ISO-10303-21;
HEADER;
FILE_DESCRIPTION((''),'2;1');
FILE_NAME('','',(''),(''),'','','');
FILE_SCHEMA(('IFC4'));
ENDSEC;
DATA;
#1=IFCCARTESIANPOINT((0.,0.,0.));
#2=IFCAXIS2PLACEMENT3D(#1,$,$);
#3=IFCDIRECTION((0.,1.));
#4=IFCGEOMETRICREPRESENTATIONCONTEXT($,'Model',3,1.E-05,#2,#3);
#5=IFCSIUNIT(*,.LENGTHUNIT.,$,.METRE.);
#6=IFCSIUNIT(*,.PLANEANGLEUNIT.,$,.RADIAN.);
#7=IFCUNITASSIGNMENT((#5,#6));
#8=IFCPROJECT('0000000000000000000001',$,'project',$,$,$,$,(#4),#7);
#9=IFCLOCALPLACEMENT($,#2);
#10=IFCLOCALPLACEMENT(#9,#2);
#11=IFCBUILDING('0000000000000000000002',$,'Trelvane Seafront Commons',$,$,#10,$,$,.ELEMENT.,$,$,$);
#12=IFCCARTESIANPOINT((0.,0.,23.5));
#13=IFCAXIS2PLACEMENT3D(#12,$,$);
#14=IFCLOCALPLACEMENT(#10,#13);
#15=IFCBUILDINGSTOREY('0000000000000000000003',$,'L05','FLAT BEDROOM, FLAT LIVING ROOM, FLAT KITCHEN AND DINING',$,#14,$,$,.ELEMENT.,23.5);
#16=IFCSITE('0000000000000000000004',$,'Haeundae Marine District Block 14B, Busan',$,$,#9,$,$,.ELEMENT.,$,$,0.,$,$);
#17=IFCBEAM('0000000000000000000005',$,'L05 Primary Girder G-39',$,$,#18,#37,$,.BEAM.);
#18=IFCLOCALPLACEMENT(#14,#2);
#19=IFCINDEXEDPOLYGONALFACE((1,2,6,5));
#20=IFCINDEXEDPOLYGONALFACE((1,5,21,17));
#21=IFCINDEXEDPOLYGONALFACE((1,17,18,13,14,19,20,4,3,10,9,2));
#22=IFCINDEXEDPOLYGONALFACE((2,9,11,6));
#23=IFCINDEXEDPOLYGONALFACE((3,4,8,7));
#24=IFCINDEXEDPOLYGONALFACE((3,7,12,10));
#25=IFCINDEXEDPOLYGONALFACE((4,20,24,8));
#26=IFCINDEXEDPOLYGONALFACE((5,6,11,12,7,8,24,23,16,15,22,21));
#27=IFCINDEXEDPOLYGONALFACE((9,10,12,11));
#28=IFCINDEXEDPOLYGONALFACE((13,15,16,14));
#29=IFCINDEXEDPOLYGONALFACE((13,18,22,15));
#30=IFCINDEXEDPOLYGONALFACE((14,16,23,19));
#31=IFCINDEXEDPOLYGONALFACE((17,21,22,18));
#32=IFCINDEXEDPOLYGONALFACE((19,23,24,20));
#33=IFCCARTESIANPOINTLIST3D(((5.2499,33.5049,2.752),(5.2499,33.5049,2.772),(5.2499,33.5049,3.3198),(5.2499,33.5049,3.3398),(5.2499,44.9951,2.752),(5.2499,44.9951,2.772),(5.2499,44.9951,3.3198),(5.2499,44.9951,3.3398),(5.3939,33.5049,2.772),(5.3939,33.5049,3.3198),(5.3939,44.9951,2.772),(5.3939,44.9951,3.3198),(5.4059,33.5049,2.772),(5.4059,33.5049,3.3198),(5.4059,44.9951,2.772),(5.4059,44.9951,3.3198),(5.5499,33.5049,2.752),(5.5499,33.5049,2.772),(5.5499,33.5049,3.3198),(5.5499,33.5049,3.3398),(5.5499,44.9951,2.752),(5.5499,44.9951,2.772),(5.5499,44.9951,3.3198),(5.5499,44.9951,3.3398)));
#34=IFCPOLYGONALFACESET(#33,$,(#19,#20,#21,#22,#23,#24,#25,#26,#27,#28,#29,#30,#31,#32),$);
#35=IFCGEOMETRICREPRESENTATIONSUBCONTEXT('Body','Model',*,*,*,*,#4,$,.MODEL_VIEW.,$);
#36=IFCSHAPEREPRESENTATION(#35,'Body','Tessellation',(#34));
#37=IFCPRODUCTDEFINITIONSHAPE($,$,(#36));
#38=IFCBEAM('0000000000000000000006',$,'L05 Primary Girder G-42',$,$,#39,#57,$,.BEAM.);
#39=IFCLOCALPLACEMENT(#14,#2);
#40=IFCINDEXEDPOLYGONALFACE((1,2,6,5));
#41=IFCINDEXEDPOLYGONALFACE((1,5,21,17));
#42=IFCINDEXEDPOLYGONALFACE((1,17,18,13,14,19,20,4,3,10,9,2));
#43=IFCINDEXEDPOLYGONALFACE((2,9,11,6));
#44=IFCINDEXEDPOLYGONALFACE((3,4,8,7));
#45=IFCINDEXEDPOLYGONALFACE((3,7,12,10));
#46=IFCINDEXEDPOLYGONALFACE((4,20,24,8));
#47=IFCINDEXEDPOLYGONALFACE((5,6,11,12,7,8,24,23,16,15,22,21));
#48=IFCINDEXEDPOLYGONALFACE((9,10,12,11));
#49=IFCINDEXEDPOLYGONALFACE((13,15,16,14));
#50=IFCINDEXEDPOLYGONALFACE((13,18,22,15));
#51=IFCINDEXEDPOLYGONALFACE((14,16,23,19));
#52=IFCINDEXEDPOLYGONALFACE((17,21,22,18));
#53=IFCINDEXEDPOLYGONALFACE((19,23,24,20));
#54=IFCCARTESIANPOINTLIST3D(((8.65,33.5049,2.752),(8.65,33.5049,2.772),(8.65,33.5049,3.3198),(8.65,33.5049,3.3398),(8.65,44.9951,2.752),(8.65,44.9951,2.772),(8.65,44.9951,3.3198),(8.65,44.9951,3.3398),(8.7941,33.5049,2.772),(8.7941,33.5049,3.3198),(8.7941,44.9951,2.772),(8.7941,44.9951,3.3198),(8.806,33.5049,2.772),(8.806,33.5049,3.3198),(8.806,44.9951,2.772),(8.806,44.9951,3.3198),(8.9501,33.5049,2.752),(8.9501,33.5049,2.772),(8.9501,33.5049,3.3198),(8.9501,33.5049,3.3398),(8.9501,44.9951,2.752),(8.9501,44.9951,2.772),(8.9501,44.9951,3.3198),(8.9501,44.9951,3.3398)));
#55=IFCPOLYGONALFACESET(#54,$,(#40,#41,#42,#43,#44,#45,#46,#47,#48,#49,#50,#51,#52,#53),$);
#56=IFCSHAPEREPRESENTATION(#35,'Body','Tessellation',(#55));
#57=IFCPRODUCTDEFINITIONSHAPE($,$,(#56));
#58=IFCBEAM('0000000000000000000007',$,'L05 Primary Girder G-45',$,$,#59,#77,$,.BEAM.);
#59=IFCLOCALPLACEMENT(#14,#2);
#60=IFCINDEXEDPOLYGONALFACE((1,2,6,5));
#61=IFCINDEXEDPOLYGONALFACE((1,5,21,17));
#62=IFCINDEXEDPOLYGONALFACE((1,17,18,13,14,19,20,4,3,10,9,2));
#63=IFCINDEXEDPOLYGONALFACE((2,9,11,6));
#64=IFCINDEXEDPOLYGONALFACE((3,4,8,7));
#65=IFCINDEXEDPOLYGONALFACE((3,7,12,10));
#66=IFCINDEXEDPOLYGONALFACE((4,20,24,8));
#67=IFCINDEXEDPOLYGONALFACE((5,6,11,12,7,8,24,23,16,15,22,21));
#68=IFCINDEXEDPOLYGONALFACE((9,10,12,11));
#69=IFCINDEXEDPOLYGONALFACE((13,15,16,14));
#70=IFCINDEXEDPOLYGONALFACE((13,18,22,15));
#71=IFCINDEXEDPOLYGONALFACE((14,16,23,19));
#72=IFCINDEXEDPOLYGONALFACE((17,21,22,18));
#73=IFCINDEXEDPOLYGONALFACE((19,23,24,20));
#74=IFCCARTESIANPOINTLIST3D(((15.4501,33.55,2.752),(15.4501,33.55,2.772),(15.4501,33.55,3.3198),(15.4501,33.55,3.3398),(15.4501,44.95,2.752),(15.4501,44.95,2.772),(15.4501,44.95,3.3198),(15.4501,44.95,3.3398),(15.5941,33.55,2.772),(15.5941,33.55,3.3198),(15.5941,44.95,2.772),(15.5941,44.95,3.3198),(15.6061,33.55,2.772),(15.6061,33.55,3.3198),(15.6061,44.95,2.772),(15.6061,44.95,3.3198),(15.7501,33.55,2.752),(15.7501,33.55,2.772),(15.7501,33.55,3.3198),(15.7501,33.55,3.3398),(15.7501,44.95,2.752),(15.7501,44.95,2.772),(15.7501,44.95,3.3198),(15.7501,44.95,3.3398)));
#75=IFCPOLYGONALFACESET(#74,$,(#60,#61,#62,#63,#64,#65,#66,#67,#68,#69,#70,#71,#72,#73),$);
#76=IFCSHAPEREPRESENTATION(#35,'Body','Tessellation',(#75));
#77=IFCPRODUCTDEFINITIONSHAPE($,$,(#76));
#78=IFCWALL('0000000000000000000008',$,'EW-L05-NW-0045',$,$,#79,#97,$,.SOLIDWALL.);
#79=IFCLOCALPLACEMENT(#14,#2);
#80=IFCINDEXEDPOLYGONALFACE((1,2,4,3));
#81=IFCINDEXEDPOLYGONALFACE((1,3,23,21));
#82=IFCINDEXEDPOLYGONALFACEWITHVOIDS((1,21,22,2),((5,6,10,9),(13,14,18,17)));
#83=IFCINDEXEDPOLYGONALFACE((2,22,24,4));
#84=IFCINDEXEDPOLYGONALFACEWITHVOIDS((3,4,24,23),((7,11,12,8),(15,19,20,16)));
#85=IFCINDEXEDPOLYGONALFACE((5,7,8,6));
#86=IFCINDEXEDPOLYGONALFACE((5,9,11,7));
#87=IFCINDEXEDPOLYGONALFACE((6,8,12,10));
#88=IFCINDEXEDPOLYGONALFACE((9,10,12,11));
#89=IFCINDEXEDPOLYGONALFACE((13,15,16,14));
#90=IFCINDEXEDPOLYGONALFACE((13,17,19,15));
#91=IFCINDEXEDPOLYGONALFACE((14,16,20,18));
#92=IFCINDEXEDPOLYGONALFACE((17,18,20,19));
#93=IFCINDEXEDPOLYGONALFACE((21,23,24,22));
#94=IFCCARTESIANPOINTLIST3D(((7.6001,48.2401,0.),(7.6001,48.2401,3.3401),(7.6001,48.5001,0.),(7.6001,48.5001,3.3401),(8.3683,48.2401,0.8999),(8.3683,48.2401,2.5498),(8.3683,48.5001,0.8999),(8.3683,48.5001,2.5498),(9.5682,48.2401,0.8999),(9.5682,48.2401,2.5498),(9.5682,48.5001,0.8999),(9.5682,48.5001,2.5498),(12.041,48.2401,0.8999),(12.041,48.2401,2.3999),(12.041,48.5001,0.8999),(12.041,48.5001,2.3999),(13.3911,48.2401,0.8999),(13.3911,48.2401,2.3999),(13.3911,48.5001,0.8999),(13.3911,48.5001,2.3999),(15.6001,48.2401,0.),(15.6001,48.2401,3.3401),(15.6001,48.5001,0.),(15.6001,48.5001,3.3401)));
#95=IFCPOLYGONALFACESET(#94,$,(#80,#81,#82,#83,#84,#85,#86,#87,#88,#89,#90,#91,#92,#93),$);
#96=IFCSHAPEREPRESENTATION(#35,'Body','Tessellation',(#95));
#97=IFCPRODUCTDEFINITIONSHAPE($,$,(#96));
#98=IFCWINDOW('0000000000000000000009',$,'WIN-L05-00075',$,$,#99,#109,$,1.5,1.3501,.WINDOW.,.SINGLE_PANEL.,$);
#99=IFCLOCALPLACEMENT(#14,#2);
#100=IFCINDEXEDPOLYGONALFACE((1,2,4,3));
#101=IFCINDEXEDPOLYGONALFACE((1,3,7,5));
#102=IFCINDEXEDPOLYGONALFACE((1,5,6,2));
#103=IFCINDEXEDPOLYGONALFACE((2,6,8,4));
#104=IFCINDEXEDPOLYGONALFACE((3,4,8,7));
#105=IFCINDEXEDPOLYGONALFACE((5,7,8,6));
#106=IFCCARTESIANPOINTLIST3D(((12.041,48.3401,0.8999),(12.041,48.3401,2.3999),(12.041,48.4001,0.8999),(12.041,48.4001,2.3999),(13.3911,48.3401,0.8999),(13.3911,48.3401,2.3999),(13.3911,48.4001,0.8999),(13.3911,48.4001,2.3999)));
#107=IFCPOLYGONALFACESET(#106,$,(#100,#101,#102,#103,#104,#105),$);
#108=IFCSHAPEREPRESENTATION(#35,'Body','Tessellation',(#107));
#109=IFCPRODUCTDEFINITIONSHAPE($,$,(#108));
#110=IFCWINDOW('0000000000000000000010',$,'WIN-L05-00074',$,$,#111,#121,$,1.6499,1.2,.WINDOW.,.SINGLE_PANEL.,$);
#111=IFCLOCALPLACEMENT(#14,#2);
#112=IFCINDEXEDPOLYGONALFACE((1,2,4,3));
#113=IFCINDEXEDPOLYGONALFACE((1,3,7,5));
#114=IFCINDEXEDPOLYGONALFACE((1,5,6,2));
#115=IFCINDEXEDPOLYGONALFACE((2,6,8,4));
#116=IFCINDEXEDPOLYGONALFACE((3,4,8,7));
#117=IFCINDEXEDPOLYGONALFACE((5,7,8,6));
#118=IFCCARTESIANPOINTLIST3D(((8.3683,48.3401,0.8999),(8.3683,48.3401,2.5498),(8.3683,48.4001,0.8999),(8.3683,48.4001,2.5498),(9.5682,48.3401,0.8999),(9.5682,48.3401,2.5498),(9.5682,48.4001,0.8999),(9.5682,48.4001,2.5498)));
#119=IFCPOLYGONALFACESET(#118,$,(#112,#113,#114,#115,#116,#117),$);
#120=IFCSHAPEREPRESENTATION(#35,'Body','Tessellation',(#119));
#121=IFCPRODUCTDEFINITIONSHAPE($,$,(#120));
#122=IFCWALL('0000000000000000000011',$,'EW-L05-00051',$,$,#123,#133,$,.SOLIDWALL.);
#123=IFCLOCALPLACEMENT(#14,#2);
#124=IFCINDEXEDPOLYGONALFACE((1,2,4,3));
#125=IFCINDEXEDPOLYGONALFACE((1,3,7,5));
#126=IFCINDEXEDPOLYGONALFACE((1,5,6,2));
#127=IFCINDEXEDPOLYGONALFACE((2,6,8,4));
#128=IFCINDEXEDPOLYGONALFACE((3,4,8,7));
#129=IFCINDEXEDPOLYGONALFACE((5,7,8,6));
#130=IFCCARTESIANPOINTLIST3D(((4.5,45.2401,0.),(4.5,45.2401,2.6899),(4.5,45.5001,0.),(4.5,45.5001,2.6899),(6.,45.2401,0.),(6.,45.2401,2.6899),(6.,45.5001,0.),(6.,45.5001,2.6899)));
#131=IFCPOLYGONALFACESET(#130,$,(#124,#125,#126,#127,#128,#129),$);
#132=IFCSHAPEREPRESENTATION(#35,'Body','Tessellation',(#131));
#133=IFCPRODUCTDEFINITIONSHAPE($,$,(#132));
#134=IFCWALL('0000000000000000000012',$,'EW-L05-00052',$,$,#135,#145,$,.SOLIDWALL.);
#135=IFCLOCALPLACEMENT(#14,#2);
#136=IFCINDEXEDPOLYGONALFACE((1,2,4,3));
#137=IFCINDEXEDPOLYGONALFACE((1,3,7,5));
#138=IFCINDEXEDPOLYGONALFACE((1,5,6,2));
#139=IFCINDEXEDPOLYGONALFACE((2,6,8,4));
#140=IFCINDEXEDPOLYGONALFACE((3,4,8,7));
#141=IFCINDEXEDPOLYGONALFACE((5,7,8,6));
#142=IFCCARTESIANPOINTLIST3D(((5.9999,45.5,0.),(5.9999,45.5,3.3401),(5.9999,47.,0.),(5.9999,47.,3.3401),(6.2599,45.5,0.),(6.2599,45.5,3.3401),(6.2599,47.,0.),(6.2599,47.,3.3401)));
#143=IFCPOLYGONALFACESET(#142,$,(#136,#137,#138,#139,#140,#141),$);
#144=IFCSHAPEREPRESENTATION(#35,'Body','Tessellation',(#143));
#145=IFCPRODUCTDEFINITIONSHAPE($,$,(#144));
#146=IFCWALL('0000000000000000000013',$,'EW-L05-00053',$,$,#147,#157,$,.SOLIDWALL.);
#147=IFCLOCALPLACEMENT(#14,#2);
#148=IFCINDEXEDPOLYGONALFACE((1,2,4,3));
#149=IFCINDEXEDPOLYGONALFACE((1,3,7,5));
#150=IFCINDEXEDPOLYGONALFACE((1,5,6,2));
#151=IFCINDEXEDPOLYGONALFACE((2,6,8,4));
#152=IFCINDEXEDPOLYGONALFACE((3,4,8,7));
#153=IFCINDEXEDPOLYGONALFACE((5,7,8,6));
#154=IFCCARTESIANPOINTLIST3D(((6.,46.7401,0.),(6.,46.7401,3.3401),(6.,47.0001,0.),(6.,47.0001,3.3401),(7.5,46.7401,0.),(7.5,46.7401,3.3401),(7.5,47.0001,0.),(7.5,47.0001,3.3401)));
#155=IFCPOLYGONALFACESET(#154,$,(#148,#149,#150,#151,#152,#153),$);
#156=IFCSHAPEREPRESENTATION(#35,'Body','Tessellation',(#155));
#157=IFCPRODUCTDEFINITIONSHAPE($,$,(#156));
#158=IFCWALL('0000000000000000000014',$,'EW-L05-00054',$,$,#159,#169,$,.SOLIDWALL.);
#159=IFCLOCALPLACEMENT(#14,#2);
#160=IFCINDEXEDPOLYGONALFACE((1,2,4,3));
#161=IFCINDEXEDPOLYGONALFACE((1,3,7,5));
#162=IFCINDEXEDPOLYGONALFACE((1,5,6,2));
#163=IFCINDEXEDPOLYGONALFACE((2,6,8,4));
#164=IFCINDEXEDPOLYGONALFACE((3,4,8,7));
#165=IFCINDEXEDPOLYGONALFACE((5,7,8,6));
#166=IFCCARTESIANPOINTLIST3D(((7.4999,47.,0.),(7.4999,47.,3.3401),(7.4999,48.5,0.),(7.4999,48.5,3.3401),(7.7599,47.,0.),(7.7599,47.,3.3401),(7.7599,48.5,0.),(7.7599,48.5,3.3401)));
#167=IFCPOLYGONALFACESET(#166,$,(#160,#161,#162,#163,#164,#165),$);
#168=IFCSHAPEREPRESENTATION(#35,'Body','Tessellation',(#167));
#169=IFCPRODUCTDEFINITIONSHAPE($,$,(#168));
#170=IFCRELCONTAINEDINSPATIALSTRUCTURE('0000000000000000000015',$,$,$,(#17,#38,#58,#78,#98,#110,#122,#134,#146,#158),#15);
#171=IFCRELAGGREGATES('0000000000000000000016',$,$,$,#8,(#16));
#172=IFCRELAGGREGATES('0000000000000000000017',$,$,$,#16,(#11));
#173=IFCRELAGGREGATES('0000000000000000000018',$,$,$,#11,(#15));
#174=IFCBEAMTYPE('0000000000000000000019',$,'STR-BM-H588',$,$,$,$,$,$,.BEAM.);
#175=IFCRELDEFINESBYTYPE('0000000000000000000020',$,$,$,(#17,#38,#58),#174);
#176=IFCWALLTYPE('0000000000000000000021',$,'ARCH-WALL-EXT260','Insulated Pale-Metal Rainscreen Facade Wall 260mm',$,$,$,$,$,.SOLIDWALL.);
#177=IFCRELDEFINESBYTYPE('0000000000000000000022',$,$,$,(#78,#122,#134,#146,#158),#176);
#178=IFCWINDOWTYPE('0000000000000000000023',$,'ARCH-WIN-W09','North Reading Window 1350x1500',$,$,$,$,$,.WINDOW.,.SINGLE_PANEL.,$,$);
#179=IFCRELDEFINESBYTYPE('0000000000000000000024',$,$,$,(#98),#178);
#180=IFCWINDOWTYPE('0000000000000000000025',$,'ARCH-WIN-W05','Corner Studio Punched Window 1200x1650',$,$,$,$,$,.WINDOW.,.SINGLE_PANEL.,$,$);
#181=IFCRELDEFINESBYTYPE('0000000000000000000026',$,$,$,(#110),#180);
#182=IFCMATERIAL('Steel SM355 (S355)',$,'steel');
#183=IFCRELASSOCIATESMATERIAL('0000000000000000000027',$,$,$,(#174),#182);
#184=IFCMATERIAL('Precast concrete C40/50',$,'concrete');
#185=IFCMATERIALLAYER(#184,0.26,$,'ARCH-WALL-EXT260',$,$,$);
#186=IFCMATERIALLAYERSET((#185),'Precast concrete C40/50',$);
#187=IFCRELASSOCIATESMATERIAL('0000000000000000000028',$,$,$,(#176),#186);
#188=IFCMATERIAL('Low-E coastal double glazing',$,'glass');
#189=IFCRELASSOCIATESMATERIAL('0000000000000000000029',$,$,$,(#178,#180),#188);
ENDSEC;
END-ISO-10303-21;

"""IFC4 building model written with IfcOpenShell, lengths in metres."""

from ifc_helpers import new_model, si_unit, direction, frame, frame_2d, origin, origin_2d, place, context, subcontext, project, spatial, rectangle, i_section, extrude, source, transform, mapped, material, layer, layer_set, material_profile, profile_set, type_object, element, fill, save


model = new_model("IFC4")

# Units and contexts
model_context = context("Model", 3, precision=1e-05, world=origin(), true_north=direction((0.0, 1.0)))
body_context = subcontext(model_context, "Body", "Model", "MODEL_VIEW")
ifc_project = project(units=[si_unit("LENGTHUNIT", "METRE"), si_unit("PLANEANGLEUNIT", "RADIAN")], contexts=[model_context])

# Site, building, storey
site_placement = place(None, origin())
site = spatial("IfcSite", under=ifc_project, at=site_placement, Name="Haeundae Marine District Block 14B, Busan", CompositionType="ELEMENT", RefElevation=0.0)
building_placement = place(site_placement, origin())
building = spatial("IfcBuilding", under=site, at=building_placement, Name="Trelvane Seafront Commons", CompositionType="ELEMENT")
storey_placement = place(building_placement, frame((0.0, 0.0, 23.5)))
storey = spatial("IfcBuildingStorey", under=building, at=storey_placement, Name="L05", Description="FLAT BEDROOM, FLAT LIVING ROOM, FLAT KITCHEN AND DINING", CompositionType="ELEMENT", Elevation=23.5)

# Shared definitions
ifc_material_1 = material(Name="Steel SM355 (S355)", Category="steel")

# Beams
ifc_material_profile_1 = material_profile(ifc_material_1, i_section(OverallWidth=0.3, OverallDepth=0.5879, WebThickness=0.012, FlangeThickness=0.02, at=origin_2d()), Name="H-588x300x12x20")
ifc_profile_set_1 = profile_set([ifc_material_profile_1], Name="Steel SM355 (S355)")
beam_type_1 = type_object("IfcBeamType", Name="STR-BM-H588", PredefinedType="BEAM", material=ifc_profile_set_1)
shared_shape_1 = source(origin(), body_context, "Body", "SweptSolid", [
    extrude(i_section(OverallWidth=0.3, OverallDepth=0.5879, WebThickness=0.012, FlangeThickness=0.02, at=origin_2d()), origin(), (0.0, 0.0, 1.0), 11.4902),
])
for number, where, z_axis, x_axis, name in (
    (1, (5.3999, 33.5049, 3.0459), (0.0, 1.0, 0.0), (-1.0, 0.0, 0.0), "L05 Primary Girder G-39"),
    (2, (8.8, 33.5049, 3.0459), (0.0, 1.0, 0.0), (-1.0, 0.0, 0.0), "L05 Primary Girder G-42"),
):
    element("IfcBeam", number, at=place(storey_placement, frame(where, z_axis=z_axis, x_axis=x_axis)), inside=storey, type_object=beam_type_1, Name=name, PredefinedType="BEAM", context=body_context, shape_type="MappedRepresentation", body=[
        mapped(shared_shape_1, transform((0.0, 0.0, 0.0), x_axis=(1.0, 0.0, 0.0), y_axis=(0.0, 1.0, 0.0), z_axis=(0.0, 0.0, 1.0), scale=1.0)),
    ])
shared_shape_2 = source(origin(), body_context, "Body", "SweptSolid", [
    extrude(i_section(OverallWidth=0.3, OverallDepth=0.5879, WebThickness=0.012, FlangeThickness=0.02, at=origin_2d()), origin(), (0.0, 0.0, 1.0), 11.3999),
])
beam_placement = place(storey_placement, frame((15.6001, 33.55, 3.0459), z_axis=(0.0, 1.0, 0.0), x_axis=(-1.0, 0.0, 0.0)))
element("IfcBeam", 3, at=beam_placement, inside=storey, type_object=beam_type_1, Name="L05 Primary Girder G-45", PredefinedType="BEAM", context=body_context, shape_type="MappedRepresentation", body=[
    mapped(shared_shape_2, transform((0.0, 0.0, 0.0), x_axis=(1.0, 0.0, 0.0), y_axis=(0.0, 1.0, 0.0), z_axis=(0.0, 0.0, 1.0), scale=1.0)),
])

# Wall, openings, windows
ifc_material_2 = material(Name="Precast concrete C40/50", Category="concrete")
ifc_layer_1 = layer(ifc_material_2, 0.26, Name="ARCH-WALL-EXT260")
ifc_layer_set_1 = layer_set([ifc_layer_1], Name="Precast concrete C40/50")
wall_type_1 = type_object("IfcWallType", Name="ARCH-WALL-EXT260", Description="Insulated Pale-Metal Rainscreen Facade Wall 260mm", PredefinedType="SOLIDWALL", material=ifc_layer_set_1)
wall_1_placement = place(storey_placement, frame((7.6001, 48.3701, 0.0), z_axis=(0.0, 0.0, 1.0), x_axis=(1.0, 0.0, 0.0)))
wall_1 = element("IfcWall", 4, at=wall_1_placement, inside=storey, type_object=wall_type_1, Name="EW-L05-NW-0045", PredefinedType="SOLIDWALL", context=body_context, shape_type="SweptSolid", body=[
    extrude(rectangle(XDim=8.0, YDim=0.26, at=frame_2d((4.0, 0.0))), origin(), (0.0, 0.0, 1.0), 3.3401),
])
opening_1_placement = place(wall_1_placement, frame((0.7681, 0.0, 0.8999)))
opening_1 = element("IfcOpeningElement", 5, at=opening_1_placement, cuts=wall_1, PredefinedType="OPENING", context=body_context, shape_type="SweptSolid", body=[
    extrude(rectangle(XDim=1.2, YDim=1.6499, at=frame_2d((0.6001, 0.825))), frame((0.0, 0.1399, 0.0), z_axis=(0.0, -1.0, 0.0), x_axis=(1.0, 0.0, 0.0)), (0.0, 0.0, 1.0), 0.28),
])
opening_2_placement = place(wall_1_placement, frame((4.4409, 0.0, 0.8999)))
opening_2 = element("IfcOpeningElement", 6, at=opening_2_placement, cuts=wall_1, PredefinedType="OPENING", context=body_context, shape_type="SweptSolid", body=[
    extrude(rectangle(XDim=1.3501, YDim=1.5, at=frame_2d((0.675, 0.75))), frame((0.0, 0.1399, 0.0), z_axis=(0.0, -1.0, 0.0), x_axis=(1.0, 0.0, 0.0)), (0.0, 0.0, 1.0), 0.28),
])
ifc_material_3 = material(Name="Low-E coastal double glazing", Category="glass")
window_type_1 = type_object("IfcWindowType", Name="ARCH-WIN-W09", Description="North Reading Window 1350x1500", PartitioningType="SINGLE_PANEL", PredefinedType="WINDOW", material=ifc_material_3)
shared_shape_3 = source(origin(), body_context, "Body", "SweptSolid", [
    extrude(rectangle(XDim=1.3501, YDim=1.5, at=frame_2d((0.675, 0.75))), frame((0.0, 0.03, 0.0), z_axis=(0.0, -1.0, 0.0), x_axis=(1.0, 0.0, 0.0)), (0.0, 0.0, 1.0), 0.0601),
])
window_1_placement = place(opening_2_placement, origin())
window_1 = element("IfcWindow", 7, at=window_1_placement, inside=storey, type_object=window_type_1, Name="WIN-L05-00075", OverallHeight=1.5, OverallWidth=1.3501, PartitioningType="SINGLE_PANEL", PredefinedType="WINDOW", context=body_context, shape_type="MappedRepresentation", body=[
    mapped(shared_shape_3, transform((0.0, 0.0, 0.0), x_axis=(1.0, 0.0, 0.0), y_axis=(0.0, 1.0, 0.0), z_axis=(0.0, 0.0, 1.0), scale=1.0)),
])
fill(opening_2, window_1)
window_type_2 = type_object("IfcWindowType", Name="ARCH-WIN-W05", Description="Corner Studio Punched Window 1200x1650", PartitioningType="SINGLE_PANEL", PredefinedType="WINDOW", material=ifc_material_3)
shared_shape_4 = source(origin(), body_context, "Body", "SweptSolid", [
    extrude(rectangle(XDim=1.2, YDim=1.6499, at=frame_2d((0.6001, 0.825))), frame((0.0, 0.03, 0.0), z_axis=(0.0, -1.0, 0.0), x_axis=(1.0, 0.0, 0.0)), (0.0, 0.0, 1.0), 0.0601),
])
window_2_placement = place(opening_1_placement, origin())
window_2 = element("IfcWindow", 8, at=window_2_placement, inside=storey, type_object=window_type_2, Name="WIN-L05-00074", OverallHeight=1.6499, OverallWidth=1.2, PartitioningType="SINGLE_PANEL", PredefinedType="WINDOW", context=body_context, shape_type="MappedRepresentation", body=[
    mapped(shared_shape_4, transform((0.0, 0.0, 0.0), x_axis=(1.0, 0.0, 0.0), y_axis=(0.0, 1.0, 0.0), z_axis=(0.0, 0.0, 1.0), scale=1.0)),
])
fill(opening_1, window_2)

# Walls
wall_2_placement = place(storey_placement, frame((4.5, 45.3701, 0.0), z_axis=(0.0, 0.0, 1.0), x_axis=(1.0, 0.0, 0.0)))
element("IfcWall", 9, at=wall_2_placement, inside=storey, type_object=wall_type_1, Name="EW-L05-00051", PredefinedType="SOLIDWALL", context=body_context, shape_type="SweptSolid", body=[
    extrude(rectangle(XDim=1.5, YDim=0.26, at=frame_2d((0.75, 0.0))), origin(), (0.0, 0.0, 1.0), 2.6899),
])
for number, where, z_axis, x_axis, name in (
    (10, (6.1299, 45.5, 0.0), (0.0, 0.0, 1.0), (0.0, 1.0, 0.0), "EW-L05-00052"),
    (11, (6.0, 46.8701, 0.0), (0.0, 0.0, 1.0), (1.0, 0.0, 0.0), "EW-L05-00053"),
    (12, (7.6299, 47.0, 0.0), (0.0, 0.0, 1.0), (0.0, 1.0, 0.0), "EW-L05-00054"),
):
    element("IfcWall", number, at=place(storey_placement, frame(where, z_axis=z_axis, x_axis=x_axis)), inside=storey, type_object=wall_type_1, Name=name, PredefinedType="SOLIDWALL", context=body_context, shape_type="SweptSolid", body=[
        extrude(rectangle(XDim=1.5, YDim=0.26, at=frame_2d((0.75, 0.0))), origin(), (0.0, 0.0, 1.0), 3.3401),
    ])

save(model, "model.ifc")
